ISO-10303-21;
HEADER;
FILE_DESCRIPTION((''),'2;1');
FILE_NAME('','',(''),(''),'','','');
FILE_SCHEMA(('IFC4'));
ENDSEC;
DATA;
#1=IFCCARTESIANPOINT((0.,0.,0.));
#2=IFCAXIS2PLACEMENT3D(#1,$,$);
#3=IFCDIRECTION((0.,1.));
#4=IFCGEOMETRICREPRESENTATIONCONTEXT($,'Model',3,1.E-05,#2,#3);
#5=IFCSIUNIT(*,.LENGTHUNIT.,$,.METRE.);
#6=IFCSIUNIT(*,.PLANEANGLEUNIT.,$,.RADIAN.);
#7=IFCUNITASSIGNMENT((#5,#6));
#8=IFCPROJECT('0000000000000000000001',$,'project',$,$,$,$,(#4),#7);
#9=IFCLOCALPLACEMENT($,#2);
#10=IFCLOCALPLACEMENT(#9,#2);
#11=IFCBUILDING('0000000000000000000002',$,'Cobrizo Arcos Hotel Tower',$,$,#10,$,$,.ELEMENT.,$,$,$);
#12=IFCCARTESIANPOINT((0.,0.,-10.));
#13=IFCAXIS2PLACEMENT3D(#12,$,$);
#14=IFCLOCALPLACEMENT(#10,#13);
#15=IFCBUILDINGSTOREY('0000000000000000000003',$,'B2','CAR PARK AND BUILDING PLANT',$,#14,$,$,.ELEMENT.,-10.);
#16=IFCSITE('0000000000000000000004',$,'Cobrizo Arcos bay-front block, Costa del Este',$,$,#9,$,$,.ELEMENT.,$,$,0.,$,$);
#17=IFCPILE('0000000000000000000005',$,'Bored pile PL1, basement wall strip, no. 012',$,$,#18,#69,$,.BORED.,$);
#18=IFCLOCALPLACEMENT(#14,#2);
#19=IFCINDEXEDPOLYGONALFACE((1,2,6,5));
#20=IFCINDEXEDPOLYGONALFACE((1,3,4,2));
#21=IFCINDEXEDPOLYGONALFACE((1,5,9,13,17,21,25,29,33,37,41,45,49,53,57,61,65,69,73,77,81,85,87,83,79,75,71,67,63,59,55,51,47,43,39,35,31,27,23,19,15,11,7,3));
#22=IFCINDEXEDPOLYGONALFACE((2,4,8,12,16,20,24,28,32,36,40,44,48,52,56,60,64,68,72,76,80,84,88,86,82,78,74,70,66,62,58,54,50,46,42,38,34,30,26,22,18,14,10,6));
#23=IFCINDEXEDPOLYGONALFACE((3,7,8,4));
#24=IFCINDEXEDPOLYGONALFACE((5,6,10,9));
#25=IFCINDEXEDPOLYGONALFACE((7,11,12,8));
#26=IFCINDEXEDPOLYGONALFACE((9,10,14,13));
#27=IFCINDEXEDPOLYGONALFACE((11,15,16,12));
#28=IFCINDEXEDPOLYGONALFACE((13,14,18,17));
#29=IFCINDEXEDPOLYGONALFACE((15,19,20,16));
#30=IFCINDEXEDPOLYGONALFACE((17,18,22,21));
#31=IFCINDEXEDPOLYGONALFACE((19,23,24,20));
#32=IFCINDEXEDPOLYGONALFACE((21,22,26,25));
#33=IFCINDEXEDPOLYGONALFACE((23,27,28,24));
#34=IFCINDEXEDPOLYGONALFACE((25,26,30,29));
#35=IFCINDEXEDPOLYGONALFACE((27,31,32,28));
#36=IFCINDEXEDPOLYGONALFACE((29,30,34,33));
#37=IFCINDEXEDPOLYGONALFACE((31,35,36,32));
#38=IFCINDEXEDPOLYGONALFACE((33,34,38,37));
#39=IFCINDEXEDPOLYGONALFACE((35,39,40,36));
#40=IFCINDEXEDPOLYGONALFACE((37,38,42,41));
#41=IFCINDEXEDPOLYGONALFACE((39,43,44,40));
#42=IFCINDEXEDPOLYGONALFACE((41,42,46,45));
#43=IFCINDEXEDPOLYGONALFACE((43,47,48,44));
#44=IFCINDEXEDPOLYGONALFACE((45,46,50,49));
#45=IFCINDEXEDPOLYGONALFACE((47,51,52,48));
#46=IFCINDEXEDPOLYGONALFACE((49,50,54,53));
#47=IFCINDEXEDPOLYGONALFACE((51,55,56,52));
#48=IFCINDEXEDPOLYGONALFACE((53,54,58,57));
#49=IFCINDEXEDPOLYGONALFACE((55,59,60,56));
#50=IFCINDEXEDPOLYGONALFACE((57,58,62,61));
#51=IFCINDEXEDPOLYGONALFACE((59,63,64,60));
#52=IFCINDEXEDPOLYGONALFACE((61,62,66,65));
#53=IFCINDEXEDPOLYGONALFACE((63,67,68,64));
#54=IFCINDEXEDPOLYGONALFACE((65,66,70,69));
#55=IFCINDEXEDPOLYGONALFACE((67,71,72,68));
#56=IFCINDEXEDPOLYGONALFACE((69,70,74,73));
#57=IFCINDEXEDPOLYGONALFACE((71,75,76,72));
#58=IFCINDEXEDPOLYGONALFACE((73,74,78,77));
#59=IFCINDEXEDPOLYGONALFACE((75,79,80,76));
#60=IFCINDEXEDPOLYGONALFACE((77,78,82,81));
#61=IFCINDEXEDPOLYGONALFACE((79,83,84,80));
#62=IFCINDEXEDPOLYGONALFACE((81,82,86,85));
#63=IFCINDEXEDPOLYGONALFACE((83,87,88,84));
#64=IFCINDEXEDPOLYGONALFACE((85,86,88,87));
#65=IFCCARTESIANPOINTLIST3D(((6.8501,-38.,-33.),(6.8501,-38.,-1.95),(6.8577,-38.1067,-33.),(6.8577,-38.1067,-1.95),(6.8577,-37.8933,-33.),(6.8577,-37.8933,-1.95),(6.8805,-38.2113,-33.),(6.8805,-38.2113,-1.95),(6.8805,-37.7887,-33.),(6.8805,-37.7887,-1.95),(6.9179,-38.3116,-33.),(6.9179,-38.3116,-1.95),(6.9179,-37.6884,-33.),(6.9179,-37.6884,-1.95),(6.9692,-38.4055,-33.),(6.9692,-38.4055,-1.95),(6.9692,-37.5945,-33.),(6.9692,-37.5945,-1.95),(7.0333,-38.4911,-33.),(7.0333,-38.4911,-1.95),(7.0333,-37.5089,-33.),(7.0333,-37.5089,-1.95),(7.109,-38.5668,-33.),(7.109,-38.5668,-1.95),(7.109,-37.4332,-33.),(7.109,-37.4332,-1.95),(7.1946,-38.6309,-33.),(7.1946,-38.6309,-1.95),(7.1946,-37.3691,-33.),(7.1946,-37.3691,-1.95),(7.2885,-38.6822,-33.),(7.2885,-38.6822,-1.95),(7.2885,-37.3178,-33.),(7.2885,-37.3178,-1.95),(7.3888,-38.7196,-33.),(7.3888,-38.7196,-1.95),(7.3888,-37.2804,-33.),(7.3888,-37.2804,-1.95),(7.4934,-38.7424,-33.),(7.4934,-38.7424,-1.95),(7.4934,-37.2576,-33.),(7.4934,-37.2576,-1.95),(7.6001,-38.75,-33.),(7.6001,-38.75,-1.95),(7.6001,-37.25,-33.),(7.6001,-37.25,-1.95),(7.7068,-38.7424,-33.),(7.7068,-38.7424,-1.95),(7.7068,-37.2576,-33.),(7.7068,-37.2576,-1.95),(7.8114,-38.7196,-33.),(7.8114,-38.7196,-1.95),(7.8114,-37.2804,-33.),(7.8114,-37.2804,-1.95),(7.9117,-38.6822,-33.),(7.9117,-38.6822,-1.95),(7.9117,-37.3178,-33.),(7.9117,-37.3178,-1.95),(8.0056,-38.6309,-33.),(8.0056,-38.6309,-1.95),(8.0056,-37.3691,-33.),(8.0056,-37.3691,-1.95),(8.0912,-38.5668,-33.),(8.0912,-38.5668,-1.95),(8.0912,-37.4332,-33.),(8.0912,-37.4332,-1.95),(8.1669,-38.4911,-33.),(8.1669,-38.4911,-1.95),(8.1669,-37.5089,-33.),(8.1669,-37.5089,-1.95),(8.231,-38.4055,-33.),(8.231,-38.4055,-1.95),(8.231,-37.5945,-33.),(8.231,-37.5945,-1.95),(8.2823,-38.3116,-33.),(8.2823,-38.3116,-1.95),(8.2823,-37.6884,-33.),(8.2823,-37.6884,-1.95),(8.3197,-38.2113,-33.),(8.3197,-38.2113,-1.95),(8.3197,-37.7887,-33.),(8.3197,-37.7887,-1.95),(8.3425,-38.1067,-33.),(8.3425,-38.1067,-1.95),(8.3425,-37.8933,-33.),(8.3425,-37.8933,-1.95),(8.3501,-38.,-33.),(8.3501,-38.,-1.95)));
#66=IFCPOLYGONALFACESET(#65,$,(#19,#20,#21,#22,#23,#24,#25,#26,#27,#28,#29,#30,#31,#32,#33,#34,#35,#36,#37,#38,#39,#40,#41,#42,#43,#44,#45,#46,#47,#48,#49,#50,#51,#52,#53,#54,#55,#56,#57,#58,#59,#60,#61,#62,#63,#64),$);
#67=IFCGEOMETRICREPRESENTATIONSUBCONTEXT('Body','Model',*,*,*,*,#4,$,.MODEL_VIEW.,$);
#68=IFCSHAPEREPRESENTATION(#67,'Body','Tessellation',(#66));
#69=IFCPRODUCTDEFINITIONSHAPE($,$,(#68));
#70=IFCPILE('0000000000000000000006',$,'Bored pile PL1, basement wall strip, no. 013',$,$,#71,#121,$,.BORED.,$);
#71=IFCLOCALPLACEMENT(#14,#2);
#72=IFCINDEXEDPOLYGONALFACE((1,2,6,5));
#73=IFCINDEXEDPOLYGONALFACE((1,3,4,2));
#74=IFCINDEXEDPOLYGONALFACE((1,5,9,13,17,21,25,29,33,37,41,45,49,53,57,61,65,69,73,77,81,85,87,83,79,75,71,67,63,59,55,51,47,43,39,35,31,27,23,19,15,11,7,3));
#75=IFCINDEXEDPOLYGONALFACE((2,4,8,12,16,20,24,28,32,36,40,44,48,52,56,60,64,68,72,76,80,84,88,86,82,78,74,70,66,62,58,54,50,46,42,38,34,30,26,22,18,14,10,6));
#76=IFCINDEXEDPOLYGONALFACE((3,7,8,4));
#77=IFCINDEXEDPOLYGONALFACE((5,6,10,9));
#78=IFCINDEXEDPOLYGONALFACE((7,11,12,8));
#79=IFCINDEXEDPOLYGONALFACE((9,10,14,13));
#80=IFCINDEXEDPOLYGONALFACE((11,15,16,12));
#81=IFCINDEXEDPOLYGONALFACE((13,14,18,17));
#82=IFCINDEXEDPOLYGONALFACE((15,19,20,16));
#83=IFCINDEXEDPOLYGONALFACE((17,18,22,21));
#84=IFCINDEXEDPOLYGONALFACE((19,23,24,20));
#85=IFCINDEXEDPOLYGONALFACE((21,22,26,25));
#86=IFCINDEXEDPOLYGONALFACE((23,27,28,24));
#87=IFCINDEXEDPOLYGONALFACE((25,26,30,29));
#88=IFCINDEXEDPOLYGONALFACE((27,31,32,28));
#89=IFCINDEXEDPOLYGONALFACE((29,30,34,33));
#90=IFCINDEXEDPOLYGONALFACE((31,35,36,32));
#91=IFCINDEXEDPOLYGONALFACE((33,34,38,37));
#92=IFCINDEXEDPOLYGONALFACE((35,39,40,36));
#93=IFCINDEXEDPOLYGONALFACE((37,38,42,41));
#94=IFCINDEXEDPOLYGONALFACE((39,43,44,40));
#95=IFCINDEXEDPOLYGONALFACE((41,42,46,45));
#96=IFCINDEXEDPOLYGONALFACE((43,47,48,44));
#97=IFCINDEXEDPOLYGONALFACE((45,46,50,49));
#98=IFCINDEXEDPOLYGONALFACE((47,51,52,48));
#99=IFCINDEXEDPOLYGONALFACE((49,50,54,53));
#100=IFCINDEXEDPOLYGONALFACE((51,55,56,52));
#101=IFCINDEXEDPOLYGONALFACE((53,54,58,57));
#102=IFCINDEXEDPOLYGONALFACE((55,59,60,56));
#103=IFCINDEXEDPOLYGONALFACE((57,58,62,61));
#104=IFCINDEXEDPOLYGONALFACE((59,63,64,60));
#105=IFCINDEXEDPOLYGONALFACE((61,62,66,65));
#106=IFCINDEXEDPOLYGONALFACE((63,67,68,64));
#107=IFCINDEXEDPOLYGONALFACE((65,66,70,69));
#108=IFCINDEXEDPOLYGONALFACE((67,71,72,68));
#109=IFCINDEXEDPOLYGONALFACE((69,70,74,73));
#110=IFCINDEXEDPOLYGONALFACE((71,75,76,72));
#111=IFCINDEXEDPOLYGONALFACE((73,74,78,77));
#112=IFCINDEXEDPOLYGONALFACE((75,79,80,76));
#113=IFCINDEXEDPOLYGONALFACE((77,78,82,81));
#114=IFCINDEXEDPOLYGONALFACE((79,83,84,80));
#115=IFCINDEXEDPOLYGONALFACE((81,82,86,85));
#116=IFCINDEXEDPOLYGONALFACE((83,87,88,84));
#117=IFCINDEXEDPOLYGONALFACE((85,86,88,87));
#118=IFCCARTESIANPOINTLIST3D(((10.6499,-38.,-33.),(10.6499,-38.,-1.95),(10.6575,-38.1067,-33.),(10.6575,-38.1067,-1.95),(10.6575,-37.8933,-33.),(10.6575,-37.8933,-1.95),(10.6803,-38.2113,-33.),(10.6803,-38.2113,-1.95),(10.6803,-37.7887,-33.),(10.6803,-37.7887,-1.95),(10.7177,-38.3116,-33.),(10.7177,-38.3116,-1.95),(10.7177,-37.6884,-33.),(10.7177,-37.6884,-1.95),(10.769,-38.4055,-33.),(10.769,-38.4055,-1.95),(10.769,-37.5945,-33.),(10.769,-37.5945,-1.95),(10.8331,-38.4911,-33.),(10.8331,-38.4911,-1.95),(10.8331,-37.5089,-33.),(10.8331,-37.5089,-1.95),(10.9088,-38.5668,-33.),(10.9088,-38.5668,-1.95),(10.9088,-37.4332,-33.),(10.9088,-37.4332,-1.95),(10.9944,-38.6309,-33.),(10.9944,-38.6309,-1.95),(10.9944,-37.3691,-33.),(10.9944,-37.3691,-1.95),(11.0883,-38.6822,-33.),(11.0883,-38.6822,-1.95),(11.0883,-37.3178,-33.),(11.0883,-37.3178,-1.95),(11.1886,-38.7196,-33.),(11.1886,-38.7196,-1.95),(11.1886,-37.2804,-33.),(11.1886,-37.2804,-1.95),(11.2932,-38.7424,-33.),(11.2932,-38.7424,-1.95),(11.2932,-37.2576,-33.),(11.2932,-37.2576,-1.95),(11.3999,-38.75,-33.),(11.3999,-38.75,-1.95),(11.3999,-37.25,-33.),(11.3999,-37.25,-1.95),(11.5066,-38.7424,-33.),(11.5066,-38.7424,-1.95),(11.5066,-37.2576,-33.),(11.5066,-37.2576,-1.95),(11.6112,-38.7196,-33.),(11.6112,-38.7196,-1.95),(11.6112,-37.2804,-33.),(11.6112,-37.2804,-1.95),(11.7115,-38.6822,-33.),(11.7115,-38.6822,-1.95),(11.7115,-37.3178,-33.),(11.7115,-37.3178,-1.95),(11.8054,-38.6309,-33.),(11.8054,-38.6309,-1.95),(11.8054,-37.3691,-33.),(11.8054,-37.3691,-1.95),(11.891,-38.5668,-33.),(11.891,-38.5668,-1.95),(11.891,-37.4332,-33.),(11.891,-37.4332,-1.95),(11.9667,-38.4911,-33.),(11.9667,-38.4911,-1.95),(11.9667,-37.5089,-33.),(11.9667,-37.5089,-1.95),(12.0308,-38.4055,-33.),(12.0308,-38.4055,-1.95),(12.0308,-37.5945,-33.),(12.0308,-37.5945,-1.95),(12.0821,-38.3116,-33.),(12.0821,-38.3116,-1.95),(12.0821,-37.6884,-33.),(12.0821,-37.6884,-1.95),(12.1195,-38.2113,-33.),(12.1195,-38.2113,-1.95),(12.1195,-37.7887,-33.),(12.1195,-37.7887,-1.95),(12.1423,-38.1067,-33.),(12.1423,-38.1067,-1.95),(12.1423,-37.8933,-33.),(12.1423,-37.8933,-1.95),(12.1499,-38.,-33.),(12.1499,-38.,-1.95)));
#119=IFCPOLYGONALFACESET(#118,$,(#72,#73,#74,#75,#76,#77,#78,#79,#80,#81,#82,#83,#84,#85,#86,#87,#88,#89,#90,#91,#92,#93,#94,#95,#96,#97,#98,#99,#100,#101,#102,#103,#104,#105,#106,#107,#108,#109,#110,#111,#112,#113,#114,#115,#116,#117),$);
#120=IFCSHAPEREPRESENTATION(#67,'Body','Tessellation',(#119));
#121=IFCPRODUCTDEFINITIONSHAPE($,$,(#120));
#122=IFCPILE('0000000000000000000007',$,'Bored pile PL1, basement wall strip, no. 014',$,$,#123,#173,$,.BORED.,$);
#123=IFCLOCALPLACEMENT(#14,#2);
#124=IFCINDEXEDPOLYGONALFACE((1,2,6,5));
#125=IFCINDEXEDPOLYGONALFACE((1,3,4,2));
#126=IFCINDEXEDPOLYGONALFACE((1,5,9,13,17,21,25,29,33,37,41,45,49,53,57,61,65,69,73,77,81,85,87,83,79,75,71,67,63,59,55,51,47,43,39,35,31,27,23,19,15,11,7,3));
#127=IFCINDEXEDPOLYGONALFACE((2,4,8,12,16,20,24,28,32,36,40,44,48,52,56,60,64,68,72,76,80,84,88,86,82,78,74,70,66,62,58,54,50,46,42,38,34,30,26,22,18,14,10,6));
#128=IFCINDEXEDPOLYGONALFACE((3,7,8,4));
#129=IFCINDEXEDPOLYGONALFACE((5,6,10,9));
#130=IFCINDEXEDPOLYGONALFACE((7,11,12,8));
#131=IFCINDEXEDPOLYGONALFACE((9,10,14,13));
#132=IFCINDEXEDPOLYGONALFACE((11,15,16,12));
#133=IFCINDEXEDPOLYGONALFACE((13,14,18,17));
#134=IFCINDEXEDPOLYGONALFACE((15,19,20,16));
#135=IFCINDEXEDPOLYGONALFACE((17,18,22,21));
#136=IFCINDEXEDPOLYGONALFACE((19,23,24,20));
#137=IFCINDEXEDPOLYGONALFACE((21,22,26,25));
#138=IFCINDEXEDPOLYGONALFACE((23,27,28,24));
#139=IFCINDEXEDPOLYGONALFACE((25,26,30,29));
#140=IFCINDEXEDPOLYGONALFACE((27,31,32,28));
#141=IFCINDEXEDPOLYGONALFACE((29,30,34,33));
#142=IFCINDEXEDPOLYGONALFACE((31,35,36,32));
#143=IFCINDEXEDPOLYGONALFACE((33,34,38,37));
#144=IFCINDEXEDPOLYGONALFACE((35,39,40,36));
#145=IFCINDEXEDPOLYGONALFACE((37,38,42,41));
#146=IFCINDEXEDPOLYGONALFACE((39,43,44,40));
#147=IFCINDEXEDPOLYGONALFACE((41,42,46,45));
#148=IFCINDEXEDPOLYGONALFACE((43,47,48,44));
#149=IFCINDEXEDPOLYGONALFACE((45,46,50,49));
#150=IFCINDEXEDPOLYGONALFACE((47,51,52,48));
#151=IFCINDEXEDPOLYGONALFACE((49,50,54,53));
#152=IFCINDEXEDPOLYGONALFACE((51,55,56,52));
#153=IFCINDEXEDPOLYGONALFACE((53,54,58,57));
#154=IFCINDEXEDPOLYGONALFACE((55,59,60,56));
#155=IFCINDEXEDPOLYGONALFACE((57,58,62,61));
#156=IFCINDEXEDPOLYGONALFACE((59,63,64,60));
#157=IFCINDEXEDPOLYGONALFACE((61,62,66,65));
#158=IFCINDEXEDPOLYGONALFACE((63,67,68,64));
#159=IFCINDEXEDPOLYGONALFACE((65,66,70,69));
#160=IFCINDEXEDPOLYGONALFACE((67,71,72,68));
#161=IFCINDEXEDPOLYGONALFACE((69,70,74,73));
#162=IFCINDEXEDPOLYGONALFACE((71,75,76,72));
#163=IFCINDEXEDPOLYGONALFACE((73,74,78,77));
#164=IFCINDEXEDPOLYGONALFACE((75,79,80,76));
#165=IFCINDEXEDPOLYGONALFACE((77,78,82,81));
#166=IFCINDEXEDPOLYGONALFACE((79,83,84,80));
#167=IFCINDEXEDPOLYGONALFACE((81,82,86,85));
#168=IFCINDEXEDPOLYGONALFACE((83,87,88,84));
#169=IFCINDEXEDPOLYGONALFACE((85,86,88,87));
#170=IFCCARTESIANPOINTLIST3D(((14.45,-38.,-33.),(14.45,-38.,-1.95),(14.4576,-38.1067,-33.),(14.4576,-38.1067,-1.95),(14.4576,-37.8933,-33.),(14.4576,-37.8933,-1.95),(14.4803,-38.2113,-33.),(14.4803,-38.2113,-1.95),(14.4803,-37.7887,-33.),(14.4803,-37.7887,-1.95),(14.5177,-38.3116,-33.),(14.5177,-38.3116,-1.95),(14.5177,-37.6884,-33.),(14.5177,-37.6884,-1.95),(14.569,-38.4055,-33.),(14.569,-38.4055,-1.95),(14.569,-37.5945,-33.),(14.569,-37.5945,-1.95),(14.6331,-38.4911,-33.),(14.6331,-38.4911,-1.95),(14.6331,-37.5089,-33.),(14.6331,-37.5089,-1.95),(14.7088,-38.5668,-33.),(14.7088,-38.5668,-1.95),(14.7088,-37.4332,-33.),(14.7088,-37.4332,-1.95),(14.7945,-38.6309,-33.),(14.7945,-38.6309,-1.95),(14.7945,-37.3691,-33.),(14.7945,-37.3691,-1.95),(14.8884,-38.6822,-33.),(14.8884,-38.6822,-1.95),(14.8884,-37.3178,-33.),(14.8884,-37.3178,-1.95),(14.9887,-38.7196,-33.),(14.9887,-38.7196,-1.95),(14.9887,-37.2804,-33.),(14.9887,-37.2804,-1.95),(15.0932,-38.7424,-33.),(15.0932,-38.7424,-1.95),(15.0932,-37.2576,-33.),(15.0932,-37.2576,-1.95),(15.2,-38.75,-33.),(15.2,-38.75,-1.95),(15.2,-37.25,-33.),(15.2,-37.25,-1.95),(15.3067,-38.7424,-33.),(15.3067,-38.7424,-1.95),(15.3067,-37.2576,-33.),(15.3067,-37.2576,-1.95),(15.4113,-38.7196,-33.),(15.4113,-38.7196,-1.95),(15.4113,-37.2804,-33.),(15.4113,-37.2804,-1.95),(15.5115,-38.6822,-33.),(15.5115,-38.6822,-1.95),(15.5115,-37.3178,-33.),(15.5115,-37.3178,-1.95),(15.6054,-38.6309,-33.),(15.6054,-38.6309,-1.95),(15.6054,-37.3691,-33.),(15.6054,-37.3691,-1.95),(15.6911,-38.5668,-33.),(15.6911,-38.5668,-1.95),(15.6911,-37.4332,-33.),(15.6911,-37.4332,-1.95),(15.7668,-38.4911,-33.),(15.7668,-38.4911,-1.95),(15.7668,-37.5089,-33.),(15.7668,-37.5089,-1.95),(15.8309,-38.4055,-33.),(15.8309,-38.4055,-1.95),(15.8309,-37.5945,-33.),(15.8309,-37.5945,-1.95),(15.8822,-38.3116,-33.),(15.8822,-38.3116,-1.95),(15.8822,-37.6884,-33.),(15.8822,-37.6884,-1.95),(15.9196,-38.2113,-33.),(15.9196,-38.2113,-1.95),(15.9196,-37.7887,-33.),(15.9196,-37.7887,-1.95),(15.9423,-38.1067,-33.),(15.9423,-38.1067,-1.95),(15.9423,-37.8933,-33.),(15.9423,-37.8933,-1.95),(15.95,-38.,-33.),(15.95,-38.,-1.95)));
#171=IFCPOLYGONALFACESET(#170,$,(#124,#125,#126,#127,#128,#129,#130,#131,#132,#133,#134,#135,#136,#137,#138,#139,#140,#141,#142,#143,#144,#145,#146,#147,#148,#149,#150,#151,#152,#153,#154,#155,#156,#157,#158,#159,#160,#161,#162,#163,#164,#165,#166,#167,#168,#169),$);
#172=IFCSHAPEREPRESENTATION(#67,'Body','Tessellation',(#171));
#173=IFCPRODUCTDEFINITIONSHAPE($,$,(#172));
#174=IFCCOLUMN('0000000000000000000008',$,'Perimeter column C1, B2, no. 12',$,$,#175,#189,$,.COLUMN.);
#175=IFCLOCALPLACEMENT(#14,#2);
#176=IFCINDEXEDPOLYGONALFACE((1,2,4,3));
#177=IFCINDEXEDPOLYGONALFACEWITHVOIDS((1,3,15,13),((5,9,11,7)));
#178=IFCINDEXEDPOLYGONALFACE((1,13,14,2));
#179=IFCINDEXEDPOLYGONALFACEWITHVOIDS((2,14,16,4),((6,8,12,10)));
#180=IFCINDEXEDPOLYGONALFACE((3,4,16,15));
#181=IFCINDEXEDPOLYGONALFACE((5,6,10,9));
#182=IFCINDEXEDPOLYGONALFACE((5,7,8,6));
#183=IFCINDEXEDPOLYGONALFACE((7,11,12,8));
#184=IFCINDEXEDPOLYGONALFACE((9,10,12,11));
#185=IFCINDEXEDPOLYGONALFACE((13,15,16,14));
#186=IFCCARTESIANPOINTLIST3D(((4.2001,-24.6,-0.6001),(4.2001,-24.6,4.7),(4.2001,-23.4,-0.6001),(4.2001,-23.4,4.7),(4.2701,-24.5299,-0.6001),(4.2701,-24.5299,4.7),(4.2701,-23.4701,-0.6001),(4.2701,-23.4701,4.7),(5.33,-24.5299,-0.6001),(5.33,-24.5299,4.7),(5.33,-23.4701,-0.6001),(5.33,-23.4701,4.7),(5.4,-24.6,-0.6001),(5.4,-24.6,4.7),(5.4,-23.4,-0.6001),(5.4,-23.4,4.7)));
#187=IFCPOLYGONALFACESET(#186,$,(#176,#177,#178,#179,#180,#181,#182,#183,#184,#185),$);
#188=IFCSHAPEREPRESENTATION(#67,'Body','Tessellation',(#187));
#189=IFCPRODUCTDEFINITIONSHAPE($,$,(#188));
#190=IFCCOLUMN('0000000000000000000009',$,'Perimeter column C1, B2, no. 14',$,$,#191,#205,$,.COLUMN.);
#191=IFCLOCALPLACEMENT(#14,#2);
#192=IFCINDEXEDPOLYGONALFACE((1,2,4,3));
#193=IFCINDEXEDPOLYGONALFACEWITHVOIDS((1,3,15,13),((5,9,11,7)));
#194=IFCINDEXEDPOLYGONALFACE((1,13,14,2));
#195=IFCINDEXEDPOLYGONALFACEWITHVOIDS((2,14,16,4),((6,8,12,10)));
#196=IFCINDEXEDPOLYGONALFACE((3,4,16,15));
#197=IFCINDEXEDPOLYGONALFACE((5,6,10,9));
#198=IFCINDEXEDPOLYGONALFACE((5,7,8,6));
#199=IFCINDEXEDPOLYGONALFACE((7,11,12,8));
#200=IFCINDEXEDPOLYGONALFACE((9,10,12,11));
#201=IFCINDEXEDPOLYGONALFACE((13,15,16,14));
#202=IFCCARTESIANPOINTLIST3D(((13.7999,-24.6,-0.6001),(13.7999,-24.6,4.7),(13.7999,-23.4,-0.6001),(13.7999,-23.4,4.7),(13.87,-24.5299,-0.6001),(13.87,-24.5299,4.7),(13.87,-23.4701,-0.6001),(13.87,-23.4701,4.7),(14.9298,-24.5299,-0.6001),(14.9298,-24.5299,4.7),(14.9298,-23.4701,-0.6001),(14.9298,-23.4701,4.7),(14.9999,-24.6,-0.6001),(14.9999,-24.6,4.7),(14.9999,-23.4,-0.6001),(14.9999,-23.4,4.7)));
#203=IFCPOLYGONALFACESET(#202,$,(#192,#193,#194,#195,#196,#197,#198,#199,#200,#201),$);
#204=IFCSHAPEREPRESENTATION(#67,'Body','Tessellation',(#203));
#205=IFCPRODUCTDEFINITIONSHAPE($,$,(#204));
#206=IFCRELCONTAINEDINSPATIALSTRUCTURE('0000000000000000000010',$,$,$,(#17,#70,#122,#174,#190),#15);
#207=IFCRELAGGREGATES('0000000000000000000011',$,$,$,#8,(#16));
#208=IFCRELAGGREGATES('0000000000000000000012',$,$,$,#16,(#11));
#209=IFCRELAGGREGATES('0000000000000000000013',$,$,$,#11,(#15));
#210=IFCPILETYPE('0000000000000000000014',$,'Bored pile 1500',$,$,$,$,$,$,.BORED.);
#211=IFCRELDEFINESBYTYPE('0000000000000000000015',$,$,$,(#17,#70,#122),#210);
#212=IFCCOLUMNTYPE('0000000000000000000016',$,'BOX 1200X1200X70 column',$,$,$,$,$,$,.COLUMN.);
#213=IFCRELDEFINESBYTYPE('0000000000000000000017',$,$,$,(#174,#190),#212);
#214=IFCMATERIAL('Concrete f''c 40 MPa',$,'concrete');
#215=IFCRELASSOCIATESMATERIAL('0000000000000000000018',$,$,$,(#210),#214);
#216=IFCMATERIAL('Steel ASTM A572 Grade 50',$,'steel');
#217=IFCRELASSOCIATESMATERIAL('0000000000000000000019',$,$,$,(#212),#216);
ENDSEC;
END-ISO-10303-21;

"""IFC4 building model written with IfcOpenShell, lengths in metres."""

from ifc_helpers import new_model, si_unit, direction, frame, origin, origin_2d, place, context, subcontext, project, spatial, hollow_rectangle, circle, extrude, material, material_profile, profile_set, type_object, element, save


model = new_model("IFC4")

# Units and contexts
model_context = context("Model", 3, precision=1e-05, world=origin(), true_north=direction((0.0, 1.0)))
body_context = subcontext(model_context, "Body", "Model", "MODEL_VIEW")
ifc_project = project(units=[si_unit("LENGTHUNIT", "METRE"), si_unit("PLANEANGLEUNIT", "RADIAN")], contexts=[model_context])

# Site, building, storey
site_placement = place(None, origin())
site = spatial("IfcSite", under=ifc_project, at=site_placement, Name="Cobrizo Arcos bay-front block, Costa del Este", CompositionType="ELEMENT", RefElevation=0.0)
building_placement = place(site_placement, origin())
building = spatial("IfcBuilding", under=site, at=building_placement, Name="Cobrizo Arcos Hotel Tower", CompositionType="ELEMENT")
storey_placement = place(building_placement, frame((0.0, 0.0, -10.0)))
storey = spatial("IfcBuildingStorey", under=building, at=storey_placement, Name="B2", Description="CAR PARK AND BUILDING PLANT", CompositionType="ELEMENT", Elevation=-10.0)

# Piles
ifc_material_1 = material(Name="Concrete f'c 40 MPa", Category="concrete")
ifc_material_profile_1 = material_profile(ifc_material_1, circle(Radius=0.75, at=origin_2d()), Name="BORED PILE 1500")
ifc_profile_set_1 = profile_set([ifc_material_profile_1], Name="Concrete f'c 40 MPa")
pile_type = type_object("IfcPileType", Name="Bored pile 1500", PredefinedType="BORED", material=ifc_profile_set_1)
for number, where, z_axis, x_axis, name in (
    (1, (7.6001, -38.0, -1.95), (0.0, 0.0, -1.0), (1.0, 0.0, 0.0), "Bored pile PL1, basement wall strip, no. 012"),
    (2, (11.3999, -38.0, -1.95), (0.0, 0.0, -1.0), (1.0, 0.0, 0.0), "Bored pile PL1, basement wall strip, no. 013"),
    (3, (15.2, -38.0, -1.95), (0.0, 0.0, -1.0), (1.0, 0.0, 0.0), "Bored pile PL1, basement wall strip, no. 014"),
):
    element("IfcPile", number, at=place(storey_placement, frame(where, z_axis=z_axis, x_axis=x_axis)), inside=storey, type_object=pile_type, Name=name, PredefinedType="BORED", context=body_context, shape_type="SweptSolid", body=[
        extrude(circle(Radius=0.75, at=origin_2d()), origin(), (0.0, 0.0, 1.0), 31.05),
    ])

# Columns
ifc_material_2 = material(Name="Steel ASTM A572 Grade 50", Category="steel")
ifc_material_profile_2 = material_profile(ifc_material_2, hollow_rectangle(XDim=1.2, YDim=1.2, WallThickness=0.0701, at=origin_2d()), Name="BOX 1200X1200X70")
ifc_profile_set_2 = profile_set([ifc_material_profile_2], Name="Steel ASTM A572 Grade 50")
column_type = type_object("IfcColumnType", Name="BOX 1200X1200X70 column", PredefinedType="COLUMN", material=ifc_profile_set_2)
for number, where, z_axis, x_axis, name in (
    (4, (4.8, -24.0, -0.6001), (0.0, 0.0, 1.0), (1.0, 0.0, 0.0), "Perimeter column C1, B2, no. 12"),
    (5, (14.3999, -24.0, -0.6001), (0.0, 0.0, 1.0), (1.0, 0.0, 0.0), "Perimeter column C1, B2, no. 14"),
):
    element("IfcColumn", number, at=place(storey_placement, frame(where, z_axis=z_axis, x_axis=x_axis)), inside=storey, type_object=column_type, Name=name, PredefinedType="COLUMN", context=body_context, shape_type="SweptSolid", body=[
        extrude(hollow_rectangle(XDim=1.2, YDim=1.2, WallThickness=0.0701, at=origin_2d()), origin(), (0.0, 0.0, 1.0), 5.3),
    ])

save(model, "model.ifc")
